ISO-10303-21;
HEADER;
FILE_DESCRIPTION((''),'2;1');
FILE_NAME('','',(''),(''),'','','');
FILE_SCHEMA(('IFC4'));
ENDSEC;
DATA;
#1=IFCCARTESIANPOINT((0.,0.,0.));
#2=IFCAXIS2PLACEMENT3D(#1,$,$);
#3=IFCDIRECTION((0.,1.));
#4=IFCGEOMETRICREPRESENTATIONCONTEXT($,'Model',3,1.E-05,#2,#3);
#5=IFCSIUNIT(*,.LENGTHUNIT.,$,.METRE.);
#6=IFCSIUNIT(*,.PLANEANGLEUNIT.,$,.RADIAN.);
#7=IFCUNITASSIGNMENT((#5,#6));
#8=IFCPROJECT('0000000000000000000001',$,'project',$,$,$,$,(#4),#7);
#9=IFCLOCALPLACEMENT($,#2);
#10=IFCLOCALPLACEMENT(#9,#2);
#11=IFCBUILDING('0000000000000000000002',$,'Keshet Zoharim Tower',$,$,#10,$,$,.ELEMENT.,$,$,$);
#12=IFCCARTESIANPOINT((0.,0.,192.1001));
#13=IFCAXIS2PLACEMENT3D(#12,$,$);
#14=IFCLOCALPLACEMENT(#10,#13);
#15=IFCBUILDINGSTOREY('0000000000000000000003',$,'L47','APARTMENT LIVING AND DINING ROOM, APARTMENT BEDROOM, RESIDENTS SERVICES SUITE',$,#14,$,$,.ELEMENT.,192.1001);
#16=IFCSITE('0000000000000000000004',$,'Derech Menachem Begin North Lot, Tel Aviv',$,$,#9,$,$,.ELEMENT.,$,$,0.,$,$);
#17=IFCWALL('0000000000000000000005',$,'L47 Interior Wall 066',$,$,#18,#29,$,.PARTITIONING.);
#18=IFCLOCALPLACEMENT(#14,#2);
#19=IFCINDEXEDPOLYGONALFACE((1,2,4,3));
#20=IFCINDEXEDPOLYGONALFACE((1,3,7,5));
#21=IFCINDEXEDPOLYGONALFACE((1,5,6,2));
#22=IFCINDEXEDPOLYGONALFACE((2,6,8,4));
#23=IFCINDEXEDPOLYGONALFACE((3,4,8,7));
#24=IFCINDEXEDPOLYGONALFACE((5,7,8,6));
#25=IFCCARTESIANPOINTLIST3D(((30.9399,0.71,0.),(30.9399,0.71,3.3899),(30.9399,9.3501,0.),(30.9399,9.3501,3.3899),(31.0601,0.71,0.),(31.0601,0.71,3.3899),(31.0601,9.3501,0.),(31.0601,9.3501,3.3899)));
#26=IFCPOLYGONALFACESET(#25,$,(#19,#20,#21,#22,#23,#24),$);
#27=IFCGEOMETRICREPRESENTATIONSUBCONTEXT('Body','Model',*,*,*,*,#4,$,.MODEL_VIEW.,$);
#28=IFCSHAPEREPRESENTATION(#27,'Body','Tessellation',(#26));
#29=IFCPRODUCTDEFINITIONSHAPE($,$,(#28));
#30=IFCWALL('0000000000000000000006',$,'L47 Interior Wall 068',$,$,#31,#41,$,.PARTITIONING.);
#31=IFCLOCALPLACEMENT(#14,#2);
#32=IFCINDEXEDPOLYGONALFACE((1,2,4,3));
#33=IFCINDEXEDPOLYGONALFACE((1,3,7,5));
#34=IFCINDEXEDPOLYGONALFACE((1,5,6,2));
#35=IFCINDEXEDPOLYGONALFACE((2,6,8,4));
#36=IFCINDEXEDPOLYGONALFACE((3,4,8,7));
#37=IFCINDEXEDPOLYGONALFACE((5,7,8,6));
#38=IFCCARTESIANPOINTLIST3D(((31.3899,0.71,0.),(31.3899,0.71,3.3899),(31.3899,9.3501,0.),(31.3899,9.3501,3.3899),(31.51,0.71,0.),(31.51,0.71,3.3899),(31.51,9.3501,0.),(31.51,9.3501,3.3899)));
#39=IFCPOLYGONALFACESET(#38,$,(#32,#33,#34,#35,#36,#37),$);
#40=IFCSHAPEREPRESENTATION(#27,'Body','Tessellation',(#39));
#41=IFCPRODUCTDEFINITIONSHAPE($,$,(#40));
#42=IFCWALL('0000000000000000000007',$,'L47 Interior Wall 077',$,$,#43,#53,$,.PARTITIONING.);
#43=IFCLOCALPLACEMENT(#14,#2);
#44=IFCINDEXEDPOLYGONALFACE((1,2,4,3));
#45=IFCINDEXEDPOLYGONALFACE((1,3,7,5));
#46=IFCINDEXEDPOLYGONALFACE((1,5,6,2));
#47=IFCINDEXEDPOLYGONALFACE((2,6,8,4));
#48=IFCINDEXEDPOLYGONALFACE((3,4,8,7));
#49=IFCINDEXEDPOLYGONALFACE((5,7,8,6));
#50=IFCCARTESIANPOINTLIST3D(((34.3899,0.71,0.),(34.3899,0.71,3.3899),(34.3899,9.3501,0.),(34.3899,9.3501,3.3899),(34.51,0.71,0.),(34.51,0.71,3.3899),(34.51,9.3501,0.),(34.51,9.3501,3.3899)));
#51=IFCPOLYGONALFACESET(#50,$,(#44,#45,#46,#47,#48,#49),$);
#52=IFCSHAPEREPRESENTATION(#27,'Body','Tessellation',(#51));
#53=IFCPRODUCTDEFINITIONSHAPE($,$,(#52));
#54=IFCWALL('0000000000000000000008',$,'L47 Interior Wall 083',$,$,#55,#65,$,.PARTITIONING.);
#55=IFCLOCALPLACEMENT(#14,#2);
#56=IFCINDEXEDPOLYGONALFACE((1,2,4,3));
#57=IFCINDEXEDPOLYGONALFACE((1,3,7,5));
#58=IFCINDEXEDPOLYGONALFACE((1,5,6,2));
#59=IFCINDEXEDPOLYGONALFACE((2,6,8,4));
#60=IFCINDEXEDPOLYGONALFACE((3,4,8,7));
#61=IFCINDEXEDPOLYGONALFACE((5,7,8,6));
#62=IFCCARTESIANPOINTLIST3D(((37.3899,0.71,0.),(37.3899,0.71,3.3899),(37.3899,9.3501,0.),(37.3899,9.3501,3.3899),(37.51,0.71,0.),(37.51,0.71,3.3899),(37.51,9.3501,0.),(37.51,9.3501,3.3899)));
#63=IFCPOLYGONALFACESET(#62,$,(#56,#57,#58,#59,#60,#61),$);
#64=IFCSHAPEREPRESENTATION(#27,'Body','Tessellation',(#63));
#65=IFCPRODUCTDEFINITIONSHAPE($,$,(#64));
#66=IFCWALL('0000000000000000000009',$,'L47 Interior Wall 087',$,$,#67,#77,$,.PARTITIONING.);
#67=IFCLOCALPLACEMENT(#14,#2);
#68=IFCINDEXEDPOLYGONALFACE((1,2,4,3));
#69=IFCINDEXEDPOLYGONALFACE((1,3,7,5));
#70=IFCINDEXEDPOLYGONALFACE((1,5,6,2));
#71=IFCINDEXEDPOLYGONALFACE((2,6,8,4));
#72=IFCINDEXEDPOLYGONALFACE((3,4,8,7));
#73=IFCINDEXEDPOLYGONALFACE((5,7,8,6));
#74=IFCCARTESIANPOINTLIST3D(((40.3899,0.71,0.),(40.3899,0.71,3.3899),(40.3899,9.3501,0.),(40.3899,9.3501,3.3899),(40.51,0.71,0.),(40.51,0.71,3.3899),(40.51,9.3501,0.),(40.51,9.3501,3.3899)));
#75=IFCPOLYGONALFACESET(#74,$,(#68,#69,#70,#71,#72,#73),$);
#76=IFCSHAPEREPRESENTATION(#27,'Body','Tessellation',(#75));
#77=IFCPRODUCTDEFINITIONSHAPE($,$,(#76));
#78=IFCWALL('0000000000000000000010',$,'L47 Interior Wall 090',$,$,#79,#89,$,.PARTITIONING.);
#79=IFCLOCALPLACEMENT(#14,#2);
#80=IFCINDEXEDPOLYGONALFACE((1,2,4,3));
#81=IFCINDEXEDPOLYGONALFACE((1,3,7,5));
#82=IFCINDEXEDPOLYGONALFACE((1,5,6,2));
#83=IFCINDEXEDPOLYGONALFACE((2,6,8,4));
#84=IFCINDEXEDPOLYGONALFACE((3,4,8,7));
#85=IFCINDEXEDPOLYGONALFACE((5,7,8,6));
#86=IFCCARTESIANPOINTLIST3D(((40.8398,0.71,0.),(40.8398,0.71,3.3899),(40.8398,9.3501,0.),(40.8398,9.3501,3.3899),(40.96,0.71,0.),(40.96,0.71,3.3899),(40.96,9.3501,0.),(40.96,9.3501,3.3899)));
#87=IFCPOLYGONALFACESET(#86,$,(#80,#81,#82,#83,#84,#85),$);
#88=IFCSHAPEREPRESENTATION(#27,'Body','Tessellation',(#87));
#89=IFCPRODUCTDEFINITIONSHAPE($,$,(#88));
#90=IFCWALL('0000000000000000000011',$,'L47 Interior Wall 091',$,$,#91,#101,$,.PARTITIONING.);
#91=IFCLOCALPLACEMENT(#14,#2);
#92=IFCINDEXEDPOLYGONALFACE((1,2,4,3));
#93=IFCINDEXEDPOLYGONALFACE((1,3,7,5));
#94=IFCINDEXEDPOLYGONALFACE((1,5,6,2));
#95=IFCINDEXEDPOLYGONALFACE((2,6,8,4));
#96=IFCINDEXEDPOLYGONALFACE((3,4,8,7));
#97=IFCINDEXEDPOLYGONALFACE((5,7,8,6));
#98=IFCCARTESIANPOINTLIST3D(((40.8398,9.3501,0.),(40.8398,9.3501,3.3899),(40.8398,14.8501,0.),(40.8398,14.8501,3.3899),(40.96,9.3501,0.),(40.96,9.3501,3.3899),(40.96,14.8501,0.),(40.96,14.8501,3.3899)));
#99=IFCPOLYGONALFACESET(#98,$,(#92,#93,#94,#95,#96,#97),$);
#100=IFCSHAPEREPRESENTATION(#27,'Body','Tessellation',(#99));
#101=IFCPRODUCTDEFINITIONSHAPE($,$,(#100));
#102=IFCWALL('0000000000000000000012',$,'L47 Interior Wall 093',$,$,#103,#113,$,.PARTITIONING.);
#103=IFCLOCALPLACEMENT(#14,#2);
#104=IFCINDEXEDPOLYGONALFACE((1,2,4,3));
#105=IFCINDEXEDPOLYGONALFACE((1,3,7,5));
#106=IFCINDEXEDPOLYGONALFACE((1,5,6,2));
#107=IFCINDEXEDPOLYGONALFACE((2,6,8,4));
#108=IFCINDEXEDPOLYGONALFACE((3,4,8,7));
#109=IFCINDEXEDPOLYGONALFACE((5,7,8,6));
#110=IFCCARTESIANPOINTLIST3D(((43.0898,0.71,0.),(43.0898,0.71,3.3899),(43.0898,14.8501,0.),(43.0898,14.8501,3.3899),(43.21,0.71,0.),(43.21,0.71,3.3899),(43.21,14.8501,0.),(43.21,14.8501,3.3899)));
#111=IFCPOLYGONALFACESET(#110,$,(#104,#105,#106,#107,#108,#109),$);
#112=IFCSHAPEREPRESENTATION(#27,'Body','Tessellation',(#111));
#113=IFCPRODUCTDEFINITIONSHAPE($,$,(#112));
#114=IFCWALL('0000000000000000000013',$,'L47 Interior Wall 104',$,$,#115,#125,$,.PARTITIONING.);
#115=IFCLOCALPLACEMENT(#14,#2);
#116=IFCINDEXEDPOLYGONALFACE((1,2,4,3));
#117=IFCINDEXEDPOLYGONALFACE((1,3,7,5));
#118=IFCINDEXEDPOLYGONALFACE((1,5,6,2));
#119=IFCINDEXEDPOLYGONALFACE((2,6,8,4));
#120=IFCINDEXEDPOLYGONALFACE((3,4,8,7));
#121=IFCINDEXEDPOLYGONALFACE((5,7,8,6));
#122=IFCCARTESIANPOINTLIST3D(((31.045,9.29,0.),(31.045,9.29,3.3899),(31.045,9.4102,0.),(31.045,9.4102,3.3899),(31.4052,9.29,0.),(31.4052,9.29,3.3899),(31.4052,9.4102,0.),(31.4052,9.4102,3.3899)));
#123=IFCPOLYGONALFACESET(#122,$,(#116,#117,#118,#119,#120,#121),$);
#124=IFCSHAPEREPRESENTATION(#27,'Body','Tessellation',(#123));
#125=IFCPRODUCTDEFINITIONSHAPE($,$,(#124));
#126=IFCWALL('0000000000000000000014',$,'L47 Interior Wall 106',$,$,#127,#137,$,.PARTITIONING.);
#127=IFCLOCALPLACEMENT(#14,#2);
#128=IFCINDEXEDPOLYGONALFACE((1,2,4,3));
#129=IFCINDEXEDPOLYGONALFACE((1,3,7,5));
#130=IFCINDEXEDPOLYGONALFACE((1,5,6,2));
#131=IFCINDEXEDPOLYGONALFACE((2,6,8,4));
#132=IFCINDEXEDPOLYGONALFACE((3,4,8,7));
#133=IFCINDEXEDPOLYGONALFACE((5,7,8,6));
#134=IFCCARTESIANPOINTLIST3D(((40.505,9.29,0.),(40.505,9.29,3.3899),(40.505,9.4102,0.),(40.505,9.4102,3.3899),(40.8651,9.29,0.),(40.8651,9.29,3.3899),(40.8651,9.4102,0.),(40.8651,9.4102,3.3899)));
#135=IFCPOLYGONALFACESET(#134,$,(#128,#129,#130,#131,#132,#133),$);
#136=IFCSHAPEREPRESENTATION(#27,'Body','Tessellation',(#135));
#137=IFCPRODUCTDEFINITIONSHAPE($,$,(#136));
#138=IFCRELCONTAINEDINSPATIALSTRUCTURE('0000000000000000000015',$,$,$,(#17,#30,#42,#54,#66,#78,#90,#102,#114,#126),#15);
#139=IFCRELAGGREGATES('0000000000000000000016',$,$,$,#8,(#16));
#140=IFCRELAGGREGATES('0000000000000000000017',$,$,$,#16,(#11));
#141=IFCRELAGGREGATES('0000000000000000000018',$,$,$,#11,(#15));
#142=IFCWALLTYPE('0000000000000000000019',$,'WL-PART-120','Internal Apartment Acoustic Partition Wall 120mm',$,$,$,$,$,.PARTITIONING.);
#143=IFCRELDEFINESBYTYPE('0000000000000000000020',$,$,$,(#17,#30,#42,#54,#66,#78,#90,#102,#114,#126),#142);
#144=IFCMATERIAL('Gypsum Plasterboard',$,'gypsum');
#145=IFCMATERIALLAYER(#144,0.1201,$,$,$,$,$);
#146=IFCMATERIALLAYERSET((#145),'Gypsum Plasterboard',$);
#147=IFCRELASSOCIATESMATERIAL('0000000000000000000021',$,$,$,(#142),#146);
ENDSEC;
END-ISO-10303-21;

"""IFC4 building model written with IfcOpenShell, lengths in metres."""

from ifc_helpers import new_model, si_unit, direction, frame, frame_2d, origin, place, context, subcontext, project, spatial, rectangle, extrude, material, layer, layer_set, type_object, element, save


model = new_model("IFC4")

# Units and contexts
model_context = context("Model", 3, precision=1e-05, world=origin(), true_north=direction((0.0, 1.0)))
body_context = subcontext(model_context, "Body", "Model", "MODEL_VIEW")
ifc_project = project(units=[si_unit("LENGTHUNIT", "METRE"), si_unit("PLANEANGLEUNIT", "RADIAN")], contexts=[model_context])

# Site, building, storey
site_placement = place(None, origin())
site = spatial("IfcSite", under=ifc_project, at=site_placement, Name="Derech Menachem Begin North Lot, Tel Aviv", CompositionType="ELEMENT", RefElevation=0.0)
building_placement = place(site_placement, origin())
building = spatial("IfcBuilding", under=site, at=building_placement, Name="Keshet Zoharim Tower", CompositionType="ELEMENT")
storey_placement = place(building_placement, frame((0.0, 0.0, 192.1001)))
storey = spatial("IfcBuildingStorey", under=building, at=storey_placement, Name="L47", Description="APARTMENT LIVING AND DINING ROOM, APARTMENT BEDROOM, RESIDENTS SERVICES SUITE", CompositionType="ELEMENT", Elevation=192.1001)

# Walls
ifc_material_1 = material(Name="Gypsum Plasterboard", Category="gypsum")
ifc_layer_1 = layer(ifc_material_1, 0.1201)
ifc_layer_set_1 = layer_set([ifc_layer_1], Name="Gypsum Plasterboard")
wall_type = type_object("IfcWallType", Name="WL-PART-120", Description="Internal Apartment Acoustic Partition Wall 120mm", PredefinedType="PARTITIONING", material=ifc_layer_set_1)
for number, where, z_axis, x_axis, name in (
    (1, (31.0, 0.71, 0.0), (0.0, 0.0, 1.0), (0.0, 1.0, 0.0), "L47 Interior Wall 066"),
    (2, (31.45, 0.71, 0.0), (0.0, 0.0, 1.0), (0.0, 1.0, 0.0), "L47 Interior Wall 068"),
    (3, (34.45, 0.71, 0.0), (0.0, 0.0, 1.0), (0.0, 1.0, 0.0), "L47 Interior Wall 077"),
    (4, (37.45, 0.71, 0.0), (0.0, 0.0, 1.0), (0.0, 1.0, 0.0), "L47 Interior Wall 083"),
    (5, (40.45, 0.71, 0.0), (0.0, 0.0, 1.0), (0.0, 1.0, 0.0), "L47 Interior Wall 087"),
    (6, (40.8999, 0.71, 0.0), (0.0, 0.0, 1.0), (0.0, 1.0, 0.0), "L47 Interior Wall 090"),
):
    element("IfcWall", number, at=place(storey_placement, frame(where, z_axis=z_axis, x_axis=x_axis)), inside=storey, type_object=wall_type, Name=name, PredefinedType="PARTITIONING", context=body_context, shape_type="SweptSolid", body=[
        extrude(rectangle(XDim=8.6401, YDim=0.1201, at=frame_2d((4.3201, 0.0))), origin(), (0.0, 0.0, 1.0), 3.3899),
    ])
wall_1_placement = place(storey_placement, frame((40.8999, 9.3501, 0.0), z_axis=(0.0, 0.0, 1.0), x_axis=(0.0, 1.0, 0.0)))
element("IfcWall", 7, at=wall_1_placement, inside=storey, type_object=wall_type, Name="L47 Interior Wall 091", PredefinedType="PARTITIONING", context=body_context, shape_type="SweptSolid", body=[
    extrude(rectangle(XDim=5.5, YDim=0.1201, at=frame_2d((2.75, 0.0))), origin(), (0.0, 0.0, 1.0), 3.3899),
])
wall_2_placement = place(storey_placement, frame((43.1499, 0.71, 0.0), z_axis=(0.0, 0.0, 1.0), x_axis=(0.0, 1.0, 0.0)))
element("IfcWall", 8, at=wall_2_placement, inside=storey, type_object=wall_type, Name="L47 Interior Wall 093", PredefinedType="PARTITIONING", context=body_context, shape_type="SweptSolid", body=[
    extrude(rectangle(XDim=14.1401, YDim=0.1201, at=frame_2d((7.0701, 0.0))), origin(), (0.0, 0.0, 1.0), 3.3899),
])
wall_3_placement = place(storey_placement, frame((31.0449, 9.3501, 0.0), z_axis=(0.0, 0.0, 1.0), x_axis=(1.0, 0.0, 0.0)))
element("IfcWall", 9, at=wall_3_placement, inside=storey, type_object=wall_type, Name="L47 Interior Wall 104", PredefinedType="PARTITIONING", context=body_context, shape_type="SweptSolid", body=[
    extrude(rectangle(XDim=0.3601, YDim=0.1201, at=frame_2d((0.1802, 0.0))), origin(), (0.0, 0.0, 1.0), 3.3899),
])

# Wall
wall_4_placement = place(storey_placement, frame((40.5049, 9.3501, 0.0), z_axis=(0.0, 0.0, 1.0), x_axis=(1.0, 0.0, 0.0)))
element("IfcWall", 10, at=wall_4_placement, inside=storey, type_object=wall_type, Name="L47 Interior Wall 106", PredefinedType="PARTITIONING", context=body_context, shape_type="SweptSolid", body=[
    extrude(rectangle(XDim=0.3601, YDim=0.1201, at=frame_2d((0.1802, 0.0))), origin(), (0.0, 0.0, 1.0), 3.3899),
])

save(model, "model.ifc")
